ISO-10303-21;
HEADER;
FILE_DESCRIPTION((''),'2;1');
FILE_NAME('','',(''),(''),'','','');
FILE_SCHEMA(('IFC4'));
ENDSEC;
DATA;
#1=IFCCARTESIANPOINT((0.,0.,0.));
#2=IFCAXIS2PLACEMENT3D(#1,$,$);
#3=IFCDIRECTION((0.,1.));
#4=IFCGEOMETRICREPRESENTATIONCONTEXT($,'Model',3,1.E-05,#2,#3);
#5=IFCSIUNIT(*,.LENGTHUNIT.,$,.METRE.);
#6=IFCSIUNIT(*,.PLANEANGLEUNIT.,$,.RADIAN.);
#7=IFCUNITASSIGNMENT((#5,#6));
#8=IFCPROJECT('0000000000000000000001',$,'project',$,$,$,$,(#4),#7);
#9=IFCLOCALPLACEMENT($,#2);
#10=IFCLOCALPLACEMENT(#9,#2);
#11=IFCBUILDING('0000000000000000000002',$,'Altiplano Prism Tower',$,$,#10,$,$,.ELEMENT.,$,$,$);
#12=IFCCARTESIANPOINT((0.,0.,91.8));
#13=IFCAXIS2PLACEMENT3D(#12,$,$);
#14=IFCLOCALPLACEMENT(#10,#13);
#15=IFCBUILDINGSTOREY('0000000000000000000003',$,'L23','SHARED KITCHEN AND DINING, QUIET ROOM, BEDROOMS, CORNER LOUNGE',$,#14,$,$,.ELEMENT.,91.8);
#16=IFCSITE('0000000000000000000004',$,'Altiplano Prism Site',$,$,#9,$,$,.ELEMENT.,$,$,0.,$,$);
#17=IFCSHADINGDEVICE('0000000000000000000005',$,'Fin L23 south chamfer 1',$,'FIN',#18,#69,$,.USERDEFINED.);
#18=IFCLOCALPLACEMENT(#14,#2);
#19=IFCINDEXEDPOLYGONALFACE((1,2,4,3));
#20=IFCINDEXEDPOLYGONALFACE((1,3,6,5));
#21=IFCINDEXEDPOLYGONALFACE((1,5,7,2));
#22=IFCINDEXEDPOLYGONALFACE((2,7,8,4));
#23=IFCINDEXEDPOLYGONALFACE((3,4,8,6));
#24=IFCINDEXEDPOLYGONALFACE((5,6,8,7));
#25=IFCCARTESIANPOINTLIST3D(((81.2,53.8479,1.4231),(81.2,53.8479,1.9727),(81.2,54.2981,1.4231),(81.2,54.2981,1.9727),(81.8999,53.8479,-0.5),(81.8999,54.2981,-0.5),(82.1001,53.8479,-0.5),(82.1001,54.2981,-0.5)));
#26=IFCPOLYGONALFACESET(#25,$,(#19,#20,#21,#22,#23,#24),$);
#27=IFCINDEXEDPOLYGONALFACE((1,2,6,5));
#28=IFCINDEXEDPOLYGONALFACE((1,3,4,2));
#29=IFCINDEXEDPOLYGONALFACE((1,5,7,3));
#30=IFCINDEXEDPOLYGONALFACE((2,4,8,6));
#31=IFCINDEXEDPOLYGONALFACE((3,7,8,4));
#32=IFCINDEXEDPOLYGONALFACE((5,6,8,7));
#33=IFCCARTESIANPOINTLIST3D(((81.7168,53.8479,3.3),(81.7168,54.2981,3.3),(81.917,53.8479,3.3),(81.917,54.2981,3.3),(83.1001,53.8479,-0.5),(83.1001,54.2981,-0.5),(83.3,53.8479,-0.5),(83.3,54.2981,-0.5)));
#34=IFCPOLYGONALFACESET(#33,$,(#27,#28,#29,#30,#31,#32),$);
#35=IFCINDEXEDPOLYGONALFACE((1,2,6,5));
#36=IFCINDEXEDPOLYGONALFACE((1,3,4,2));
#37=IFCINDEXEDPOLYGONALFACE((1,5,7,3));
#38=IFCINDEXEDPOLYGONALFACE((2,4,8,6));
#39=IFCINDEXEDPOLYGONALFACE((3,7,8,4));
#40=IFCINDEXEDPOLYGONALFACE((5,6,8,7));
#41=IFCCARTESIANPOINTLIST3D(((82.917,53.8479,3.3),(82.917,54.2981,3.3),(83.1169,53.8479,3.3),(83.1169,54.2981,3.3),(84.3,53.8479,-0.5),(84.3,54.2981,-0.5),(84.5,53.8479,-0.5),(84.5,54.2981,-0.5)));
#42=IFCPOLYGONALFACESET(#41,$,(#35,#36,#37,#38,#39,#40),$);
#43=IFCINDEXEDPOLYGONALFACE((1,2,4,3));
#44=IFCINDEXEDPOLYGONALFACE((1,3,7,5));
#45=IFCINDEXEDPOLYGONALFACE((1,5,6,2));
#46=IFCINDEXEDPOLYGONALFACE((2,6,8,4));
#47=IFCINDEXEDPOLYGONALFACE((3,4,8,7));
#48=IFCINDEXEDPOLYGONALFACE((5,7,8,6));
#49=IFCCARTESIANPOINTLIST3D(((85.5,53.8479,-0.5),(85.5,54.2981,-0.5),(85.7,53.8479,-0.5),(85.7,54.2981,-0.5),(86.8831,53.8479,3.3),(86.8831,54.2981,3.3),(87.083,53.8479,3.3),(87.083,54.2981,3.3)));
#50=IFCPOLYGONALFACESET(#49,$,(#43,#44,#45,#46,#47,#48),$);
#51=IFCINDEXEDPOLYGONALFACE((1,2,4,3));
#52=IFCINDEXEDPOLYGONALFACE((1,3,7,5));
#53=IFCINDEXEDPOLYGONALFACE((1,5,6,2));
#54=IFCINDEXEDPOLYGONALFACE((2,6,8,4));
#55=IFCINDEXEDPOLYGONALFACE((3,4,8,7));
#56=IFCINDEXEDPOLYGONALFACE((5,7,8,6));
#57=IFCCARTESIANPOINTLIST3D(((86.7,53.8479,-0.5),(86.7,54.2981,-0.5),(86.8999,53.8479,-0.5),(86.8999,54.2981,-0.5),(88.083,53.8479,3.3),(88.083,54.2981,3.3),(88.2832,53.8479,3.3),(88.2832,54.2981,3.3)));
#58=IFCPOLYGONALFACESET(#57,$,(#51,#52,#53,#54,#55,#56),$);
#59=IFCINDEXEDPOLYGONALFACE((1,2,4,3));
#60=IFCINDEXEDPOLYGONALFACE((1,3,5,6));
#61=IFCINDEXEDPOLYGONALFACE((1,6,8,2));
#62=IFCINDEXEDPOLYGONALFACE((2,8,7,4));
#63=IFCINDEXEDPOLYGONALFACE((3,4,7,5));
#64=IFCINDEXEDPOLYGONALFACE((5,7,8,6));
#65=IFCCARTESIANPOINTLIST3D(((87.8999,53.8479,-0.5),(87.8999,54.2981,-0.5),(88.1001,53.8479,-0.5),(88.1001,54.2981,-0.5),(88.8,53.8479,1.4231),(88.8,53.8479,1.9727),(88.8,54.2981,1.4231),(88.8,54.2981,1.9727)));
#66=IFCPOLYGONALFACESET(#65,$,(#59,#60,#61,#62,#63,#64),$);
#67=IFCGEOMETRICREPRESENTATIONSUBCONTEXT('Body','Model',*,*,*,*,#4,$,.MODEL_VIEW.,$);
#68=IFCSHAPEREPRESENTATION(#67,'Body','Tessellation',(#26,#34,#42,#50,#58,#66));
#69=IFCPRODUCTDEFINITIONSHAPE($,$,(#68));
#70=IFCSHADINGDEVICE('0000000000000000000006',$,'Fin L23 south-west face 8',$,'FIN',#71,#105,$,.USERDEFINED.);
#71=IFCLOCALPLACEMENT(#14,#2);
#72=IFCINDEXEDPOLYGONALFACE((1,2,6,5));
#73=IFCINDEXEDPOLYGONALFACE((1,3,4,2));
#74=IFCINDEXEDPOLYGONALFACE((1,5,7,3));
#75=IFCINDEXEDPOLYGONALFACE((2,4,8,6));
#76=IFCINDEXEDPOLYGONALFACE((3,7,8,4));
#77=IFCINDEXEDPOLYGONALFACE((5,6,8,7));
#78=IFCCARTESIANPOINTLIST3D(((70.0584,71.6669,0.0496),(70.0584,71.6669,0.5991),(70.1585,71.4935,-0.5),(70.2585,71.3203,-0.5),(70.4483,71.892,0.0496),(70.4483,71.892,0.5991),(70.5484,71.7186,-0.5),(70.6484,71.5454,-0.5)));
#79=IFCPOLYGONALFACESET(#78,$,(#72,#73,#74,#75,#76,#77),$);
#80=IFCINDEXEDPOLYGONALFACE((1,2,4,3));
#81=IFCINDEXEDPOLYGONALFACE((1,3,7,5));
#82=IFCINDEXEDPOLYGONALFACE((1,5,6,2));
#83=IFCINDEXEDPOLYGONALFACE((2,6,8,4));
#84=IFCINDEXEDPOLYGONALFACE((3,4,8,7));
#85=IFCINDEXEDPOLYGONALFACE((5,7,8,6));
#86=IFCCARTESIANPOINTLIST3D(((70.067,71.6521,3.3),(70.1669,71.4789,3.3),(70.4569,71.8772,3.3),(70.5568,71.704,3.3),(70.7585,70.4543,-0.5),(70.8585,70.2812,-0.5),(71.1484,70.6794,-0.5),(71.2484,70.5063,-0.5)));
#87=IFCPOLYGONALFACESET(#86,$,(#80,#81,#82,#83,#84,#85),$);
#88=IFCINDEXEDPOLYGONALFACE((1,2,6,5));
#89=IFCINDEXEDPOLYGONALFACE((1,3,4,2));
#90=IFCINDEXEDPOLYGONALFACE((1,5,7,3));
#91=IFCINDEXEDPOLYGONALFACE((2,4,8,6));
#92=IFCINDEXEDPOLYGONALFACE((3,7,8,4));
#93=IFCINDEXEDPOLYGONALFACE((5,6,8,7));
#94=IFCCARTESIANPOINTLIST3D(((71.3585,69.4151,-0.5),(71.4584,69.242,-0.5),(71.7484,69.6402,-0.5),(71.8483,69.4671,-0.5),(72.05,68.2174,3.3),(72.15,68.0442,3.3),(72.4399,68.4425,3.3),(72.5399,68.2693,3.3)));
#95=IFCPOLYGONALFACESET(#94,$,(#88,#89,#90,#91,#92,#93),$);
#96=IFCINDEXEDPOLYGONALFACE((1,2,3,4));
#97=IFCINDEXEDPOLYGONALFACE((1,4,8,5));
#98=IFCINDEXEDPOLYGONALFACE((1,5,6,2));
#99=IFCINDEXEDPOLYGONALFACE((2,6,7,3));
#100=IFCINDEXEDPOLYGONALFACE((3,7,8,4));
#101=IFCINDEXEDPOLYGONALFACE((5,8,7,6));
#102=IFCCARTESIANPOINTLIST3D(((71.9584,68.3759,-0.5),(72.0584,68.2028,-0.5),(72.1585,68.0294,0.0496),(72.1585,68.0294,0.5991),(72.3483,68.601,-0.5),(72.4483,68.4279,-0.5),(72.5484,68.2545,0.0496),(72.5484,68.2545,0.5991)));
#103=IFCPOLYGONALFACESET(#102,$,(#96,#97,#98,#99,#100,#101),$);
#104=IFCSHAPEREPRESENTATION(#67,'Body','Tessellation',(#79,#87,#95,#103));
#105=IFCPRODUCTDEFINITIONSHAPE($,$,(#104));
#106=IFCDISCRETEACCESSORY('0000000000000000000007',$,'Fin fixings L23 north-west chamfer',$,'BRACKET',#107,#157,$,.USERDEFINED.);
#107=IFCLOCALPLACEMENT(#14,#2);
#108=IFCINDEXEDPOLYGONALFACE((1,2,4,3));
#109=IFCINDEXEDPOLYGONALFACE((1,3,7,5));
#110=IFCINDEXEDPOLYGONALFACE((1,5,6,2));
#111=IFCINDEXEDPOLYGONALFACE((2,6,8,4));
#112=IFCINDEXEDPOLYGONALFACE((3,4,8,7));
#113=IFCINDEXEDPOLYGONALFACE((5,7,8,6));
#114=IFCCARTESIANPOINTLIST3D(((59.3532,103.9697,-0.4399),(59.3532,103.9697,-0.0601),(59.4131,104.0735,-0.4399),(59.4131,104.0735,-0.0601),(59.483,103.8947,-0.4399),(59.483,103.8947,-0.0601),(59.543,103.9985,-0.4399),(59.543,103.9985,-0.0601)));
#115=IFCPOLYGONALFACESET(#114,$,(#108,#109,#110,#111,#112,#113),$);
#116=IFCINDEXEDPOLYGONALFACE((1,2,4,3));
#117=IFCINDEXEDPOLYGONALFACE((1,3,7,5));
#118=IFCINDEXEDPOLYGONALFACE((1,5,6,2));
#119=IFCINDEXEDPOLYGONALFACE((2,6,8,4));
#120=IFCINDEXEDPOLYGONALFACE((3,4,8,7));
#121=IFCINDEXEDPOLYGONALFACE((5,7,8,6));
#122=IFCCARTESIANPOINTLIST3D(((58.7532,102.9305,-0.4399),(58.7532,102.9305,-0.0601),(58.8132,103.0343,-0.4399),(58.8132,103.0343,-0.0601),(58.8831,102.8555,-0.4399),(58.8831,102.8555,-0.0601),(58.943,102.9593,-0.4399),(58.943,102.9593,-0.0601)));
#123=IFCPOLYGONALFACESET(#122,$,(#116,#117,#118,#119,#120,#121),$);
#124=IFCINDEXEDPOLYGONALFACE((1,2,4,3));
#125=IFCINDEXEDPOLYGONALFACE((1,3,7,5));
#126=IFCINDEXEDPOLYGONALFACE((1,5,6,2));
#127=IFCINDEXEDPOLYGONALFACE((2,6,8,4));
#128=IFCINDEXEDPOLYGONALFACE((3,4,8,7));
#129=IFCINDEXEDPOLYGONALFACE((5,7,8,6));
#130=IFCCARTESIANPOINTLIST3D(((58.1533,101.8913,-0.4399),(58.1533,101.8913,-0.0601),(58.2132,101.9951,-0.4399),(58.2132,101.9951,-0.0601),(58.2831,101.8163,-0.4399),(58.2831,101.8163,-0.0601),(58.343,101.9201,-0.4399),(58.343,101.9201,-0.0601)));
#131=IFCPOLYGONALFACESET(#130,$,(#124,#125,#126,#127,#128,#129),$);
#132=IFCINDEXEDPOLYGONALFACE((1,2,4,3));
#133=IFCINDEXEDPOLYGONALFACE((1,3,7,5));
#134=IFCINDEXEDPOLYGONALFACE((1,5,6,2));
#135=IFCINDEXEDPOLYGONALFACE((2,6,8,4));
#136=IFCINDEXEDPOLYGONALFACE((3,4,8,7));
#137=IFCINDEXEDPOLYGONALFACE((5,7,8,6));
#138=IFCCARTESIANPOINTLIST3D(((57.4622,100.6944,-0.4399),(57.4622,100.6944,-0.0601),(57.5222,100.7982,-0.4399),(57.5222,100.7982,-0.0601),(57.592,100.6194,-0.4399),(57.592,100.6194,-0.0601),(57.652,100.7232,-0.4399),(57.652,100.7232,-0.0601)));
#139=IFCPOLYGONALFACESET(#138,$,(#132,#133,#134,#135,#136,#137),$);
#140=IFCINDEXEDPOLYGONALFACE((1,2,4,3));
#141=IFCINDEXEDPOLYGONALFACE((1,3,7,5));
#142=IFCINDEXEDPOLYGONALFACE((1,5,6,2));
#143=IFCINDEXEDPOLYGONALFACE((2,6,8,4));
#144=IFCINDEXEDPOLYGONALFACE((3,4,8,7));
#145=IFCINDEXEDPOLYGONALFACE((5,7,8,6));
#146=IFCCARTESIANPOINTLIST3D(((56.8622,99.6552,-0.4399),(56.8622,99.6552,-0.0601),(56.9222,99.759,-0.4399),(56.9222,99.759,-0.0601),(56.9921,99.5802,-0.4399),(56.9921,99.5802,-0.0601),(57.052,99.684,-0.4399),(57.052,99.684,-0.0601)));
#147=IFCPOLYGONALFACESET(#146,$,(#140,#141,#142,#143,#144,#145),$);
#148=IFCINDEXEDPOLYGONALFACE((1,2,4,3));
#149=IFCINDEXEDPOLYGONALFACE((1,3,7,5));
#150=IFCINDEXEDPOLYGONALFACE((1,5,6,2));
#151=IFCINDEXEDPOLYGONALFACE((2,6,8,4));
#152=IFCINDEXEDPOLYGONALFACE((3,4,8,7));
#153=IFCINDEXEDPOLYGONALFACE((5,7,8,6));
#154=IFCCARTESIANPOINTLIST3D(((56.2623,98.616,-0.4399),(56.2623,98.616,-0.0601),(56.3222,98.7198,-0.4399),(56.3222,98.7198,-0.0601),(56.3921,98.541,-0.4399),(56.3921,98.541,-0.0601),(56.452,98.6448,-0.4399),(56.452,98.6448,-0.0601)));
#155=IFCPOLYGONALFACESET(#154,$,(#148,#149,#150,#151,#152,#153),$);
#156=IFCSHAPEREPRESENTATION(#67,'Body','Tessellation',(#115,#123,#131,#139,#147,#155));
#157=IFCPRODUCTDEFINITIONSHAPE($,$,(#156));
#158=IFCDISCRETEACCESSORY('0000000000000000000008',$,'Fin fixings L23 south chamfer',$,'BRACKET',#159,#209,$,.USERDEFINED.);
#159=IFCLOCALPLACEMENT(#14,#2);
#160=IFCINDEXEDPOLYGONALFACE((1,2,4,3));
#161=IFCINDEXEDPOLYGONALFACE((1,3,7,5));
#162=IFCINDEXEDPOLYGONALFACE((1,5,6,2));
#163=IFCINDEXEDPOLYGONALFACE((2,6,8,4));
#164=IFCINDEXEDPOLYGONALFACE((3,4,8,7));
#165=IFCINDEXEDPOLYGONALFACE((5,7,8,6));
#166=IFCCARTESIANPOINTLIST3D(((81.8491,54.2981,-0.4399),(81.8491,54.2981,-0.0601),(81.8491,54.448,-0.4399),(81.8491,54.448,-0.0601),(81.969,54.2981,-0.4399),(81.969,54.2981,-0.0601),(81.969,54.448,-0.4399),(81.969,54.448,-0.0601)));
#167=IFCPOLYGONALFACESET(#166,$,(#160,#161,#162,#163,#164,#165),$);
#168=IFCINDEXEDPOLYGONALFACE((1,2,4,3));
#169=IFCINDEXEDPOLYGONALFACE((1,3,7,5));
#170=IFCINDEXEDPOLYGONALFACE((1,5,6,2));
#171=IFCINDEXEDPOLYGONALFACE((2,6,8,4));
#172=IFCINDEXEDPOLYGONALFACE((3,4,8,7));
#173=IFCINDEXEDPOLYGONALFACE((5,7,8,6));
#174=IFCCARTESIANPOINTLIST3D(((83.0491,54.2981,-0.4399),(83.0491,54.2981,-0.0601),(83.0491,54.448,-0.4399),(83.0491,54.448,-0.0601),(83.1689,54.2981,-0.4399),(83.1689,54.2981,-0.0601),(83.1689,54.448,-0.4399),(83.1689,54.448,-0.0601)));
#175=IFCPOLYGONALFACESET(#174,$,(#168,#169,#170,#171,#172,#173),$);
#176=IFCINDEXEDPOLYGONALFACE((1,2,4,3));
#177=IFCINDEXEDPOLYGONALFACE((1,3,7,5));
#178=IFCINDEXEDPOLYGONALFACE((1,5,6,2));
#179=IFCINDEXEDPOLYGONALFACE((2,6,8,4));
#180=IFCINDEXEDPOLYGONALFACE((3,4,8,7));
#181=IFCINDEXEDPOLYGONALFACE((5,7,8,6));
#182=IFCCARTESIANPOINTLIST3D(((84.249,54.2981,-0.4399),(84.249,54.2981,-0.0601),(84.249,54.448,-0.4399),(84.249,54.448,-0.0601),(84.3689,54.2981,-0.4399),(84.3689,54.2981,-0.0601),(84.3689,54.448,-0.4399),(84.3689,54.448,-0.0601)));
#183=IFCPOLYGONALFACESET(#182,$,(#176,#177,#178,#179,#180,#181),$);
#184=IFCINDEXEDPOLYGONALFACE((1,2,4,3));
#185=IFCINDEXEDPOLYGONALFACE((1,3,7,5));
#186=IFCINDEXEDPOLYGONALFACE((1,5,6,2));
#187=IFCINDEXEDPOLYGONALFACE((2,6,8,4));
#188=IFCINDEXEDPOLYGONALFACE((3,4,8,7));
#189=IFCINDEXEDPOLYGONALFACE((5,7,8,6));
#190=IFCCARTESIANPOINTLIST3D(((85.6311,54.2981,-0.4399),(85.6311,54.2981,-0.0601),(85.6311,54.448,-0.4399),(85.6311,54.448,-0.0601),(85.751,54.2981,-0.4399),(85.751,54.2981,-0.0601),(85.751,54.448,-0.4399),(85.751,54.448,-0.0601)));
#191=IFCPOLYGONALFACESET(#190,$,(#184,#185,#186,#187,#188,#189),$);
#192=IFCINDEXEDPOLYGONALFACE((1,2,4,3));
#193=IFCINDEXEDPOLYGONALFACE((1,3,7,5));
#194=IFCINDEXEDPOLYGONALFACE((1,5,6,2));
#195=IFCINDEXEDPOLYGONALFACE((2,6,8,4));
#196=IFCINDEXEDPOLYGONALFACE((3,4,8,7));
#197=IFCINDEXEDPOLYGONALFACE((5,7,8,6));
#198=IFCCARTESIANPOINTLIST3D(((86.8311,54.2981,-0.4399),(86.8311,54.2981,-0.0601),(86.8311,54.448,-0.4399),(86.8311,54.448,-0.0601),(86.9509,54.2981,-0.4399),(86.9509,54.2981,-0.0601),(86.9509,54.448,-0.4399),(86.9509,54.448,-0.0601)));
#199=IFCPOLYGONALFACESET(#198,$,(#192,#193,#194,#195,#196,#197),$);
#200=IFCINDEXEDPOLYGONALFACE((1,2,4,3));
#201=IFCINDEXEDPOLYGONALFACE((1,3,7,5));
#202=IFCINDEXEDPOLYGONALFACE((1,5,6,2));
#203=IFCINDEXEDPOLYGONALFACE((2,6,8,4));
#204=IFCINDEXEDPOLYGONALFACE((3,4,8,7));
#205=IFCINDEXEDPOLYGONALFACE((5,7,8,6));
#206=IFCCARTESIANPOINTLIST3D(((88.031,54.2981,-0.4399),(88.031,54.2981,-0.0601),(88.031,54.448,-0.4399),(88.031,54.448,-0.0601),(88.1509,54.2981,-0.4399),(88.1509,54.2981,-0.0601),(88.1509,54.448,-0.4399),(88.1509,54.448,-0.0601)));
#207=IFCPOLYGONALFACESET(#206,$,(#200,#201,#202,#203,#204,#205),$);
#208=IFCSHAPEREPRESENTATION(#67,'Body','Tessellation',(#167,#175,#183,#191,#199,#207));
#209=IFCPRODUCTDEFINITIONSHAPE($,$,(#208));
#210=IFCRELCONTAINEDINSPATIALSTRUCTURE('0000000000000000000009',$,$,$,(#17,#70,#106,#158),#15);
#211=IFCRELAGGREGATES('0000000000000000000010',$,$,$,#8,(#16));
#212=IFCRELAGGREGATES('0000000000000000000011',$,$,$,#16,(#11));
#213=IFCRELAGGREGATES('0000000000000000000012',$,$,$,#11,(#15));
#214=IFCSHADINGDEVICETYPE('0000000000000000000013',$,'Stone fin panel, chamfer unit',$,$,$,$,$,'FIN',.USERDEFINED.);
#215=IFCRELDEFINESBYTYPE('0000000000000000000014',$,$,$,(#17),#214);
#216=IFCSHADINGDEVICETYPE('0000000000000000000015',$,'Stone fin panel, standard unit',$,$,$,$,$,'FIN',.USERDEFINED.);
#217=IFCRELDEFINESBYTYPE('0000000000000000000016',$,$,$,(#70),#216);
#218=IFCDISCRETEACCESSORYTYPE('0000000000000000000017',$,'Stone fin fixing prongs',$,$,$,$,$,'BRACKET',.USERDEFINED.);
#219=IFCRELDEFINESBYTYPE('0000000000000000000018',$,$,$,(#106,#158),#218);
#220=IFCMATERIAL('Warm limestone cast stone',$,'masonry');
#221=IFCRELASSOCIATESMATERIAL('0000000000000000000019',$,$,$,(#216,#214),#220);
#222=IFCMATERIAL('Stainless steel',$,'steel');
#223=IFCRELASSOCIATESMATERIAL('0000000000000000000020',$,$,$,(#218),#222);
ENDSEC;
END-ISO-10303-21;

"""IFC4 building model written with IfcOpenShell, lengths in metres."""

from ifc_helpers import new_model, si_unit, direction, frame, origin, place, context, subcontext, project, spatial, polyline, outline, extrude, source, transform, mapped, material, type_object, element, save


model = new_model("IFC4")

# Units and contexts
model_context = context("Model", 3, precision=1e-05, world=origin(), true_north=direction((0.0, 1.0)))
body_context = subcontext(model_context, "Body", "Model", "MODEL_VIEW")
ifc_project = project(units=[si_unit("LENGTHUNIT", "METRE"), si_unit("PLANEANGLEUNIT", "RADIAN")], contexts=[model_context])

# Site, building, storey
site_placement = place(None, origin())
site = spatial("IfcSite", under=ifc_project, at=site_placement, Name="Altiplano Prism Site", CompositionType="ELEMENT", RefElevation=0.0)
building_placement = place(site_placement, origin())
building = spatial("IfcBuilding", under=site, at=building_placement, Name="Altiplano Prism Tower", CompositionType="ELEMENT")
storey_placement = place(building_placement, frame((0.0, 0.0, 91.8)))
storey = spatial("IfcBuildingStorey", under=building, at=storey_placement, Name="L23", Description="SHARED KITCHEN AND DINING, QUIET ROOM, BEDROOMS, CORNER LOUNGE", CompositionType="ELEMENT", Elevation=91.8)

# Shading devices
ifc_material_1 = material(Name="Warm limestone cast stone", Category="masonry")
shading_device_type_1 = type_object("IfcShadingDeviceType", Name="Stone fin panel, standard unit", ElementType="FIN", PredefinedType="USERDEFINED", material=ifc_material_1)
shading_device_type_2 = type_object("IfcShadingDeviceType", Name="Stone fin panel, chamfer unit", ElementType="FIN", PredefinedType="USERDEFINED", material=ifc_material_1)
shared_shape_1 = source(origin(), body_context, "Body", "SweptSolid", [
    extrude(outline(polyline([(-3.8, 2.4727), (-3.8, 1.9231), (-3.1001, 0.0), (-2.8999, 0.0), (-3.8, 2.4727)])), frame((0.0, -0.1499, 0.0), z_axis=(0.0, -1.0, 0.0), x_axis=(1.0, 0.0, 0.0)), (0.0, 0.0, 1.0), 0.4502),
    extrude(outline(polyline([(-3.2832, 3.8), (-1.8999, 0.0), (-1.7, 0.0), (-3.083, 3.8), (-3.2832, 3.8)])), frame((0.0, -0.1499, 0.0), z_axis=(0.0, -1.0, 0.0), x_axis=(1.0, 0.0, 0.0)), (0.0, 0.0, 1.0), 0.4502),
    extrude(outline(polyline([(-2.083, 3.8), (-0.7, 0.0), (-0.5, 0.0), (-1.8831, 3.8), (-2.083, 3.8)])), frame((0.0, -0.1499, 0.0), z_axis=(0.0, -1.0, 0.0), x_axis=(1.0, 0.0, 0.0)), (0.0, 0.0, 1.0), 0.4502),
    extrude(outline(polyline([(1.8831, 3.8), (0.5, 0.0), (0.7, 0.0), (2.083, 3.8), (1.8831, 3.8)])), frame((0.0, -0.1499, 0.0), z_axis=(0.0, -1.0, 0.0), x_axis=(1.0, 0.0, 0.0)), (0.0, 0.0, 1.0), 0.4502),
    extrude(outline(polyline([(3.083, 3.8), (1.7, 0.0), (1.8999, 0.0), (3.2832, 3.8), (3.083, 3.8)])), frame((0.0, -0.1499, 0.0), z_axis=(0.0, -1.0, 0.0), x_axis=(1.0, 0.0, 0.0)), (0.0, 0.0, 1.0), 0.4502),
    extrude(outline(polyline([(3.8, 1.9231), (3.8, 2.4727), (2.8999, 0.0), (3.1001, 0.0), (3.8, 1.9231)])), frame((0.0, -0.1499, 0.0), z_axis=(0.0, -1.0, 0.0), x_axis=(1.0, 0.0, 0.0)), (0.0, 0.0, 1.0), 0.4502),
])
shading_device_1_placement = place(storey_placement, origin())
element("IfcShadingDevice", 1, at=shading_device_1_placement, inside=storey, type_object=shading_device_type_2, Name="Fin L23 south chamfer 1", ObjectType="FIN", PredefinedType="USERDEFINED", context=body_context, shape_type="MappedRepresentation", body=[
    mapped(shared_shape_1, transform((85.0, 54.448, -0.5), x_axis=(1.0, 0.0, 0.0), y_axis=(0.0, 1.0, 0.0), z_axis=(0.0, 0.0, 1.0))),
])
shared_shape_2 = source(origin(), body_context, "Body", "SweptSolid", [
    extrude(outline(polyline([(-2.1001, 1.0991), (-2.1001, 0.5496), (-1.8999, 0.0), (-1.7, 0.0), (-2.1001, 1.0991)])), frame((0.0, -0.1499, 0.0), z_axis=(0.0, -1.0, 0.0), x_axis=(1.0, 0.0, 0.0)), (0.0, 0.0, 1.0), 0.4502),
    extrude(outline(polyline([(-2.083, 3.8), (-0.7, 0.0), (-0.5, 0.0), (-1.8831, 3.8), (-2.083, 3.8)])), frame((0.0, -0.1499, 0.0), z_axis=(0.0, -1.0, 0.0), x_axis=(1.0, 0.0, 0.0)), (0.0, 0.0, 1.0), 0.4502),
    extrude(outline(polyline([(1.8831, 3.8), (0.5, 0.0), (0.7, 0.0), (2.083, 3.8), (1.8831, 3.8)])), frame((0.0, -0.1499, 0.0), z_axis=(0.0, -1.0, 0.0), x_axis=(1.0, 0.0, 0.0)), (0.0, 0.0, 1.0), 0.4502),
    extrude(outline(polyline([(2.1001, 0.5496), (2.1001, 1.0991), (1.7, 0.0), (1.8999, 0.0), (2.1001, 0.5496)])), frame((0.0, -0.1499, 0.0), z_axis=(0.0, -1.0, 0.0), x_axis=(1.0, 0.0, 0.0)), (0.0, 0.0, 1.0), 0.4502),
])
shading_device_2_placement = place(storey_placement, origin())
element("IfcShadingDevice", 2, at=shading_device_2_placement, inside=storey, type_object=shading_device_type_1, Name="Fin L23 south-west face 8", ObjectType="FIN", PredefinedType="USERDEFINED", context=body_context, shape_type="MappedRepresentation", body=[
    mapped(shared_shape_2, transform((71.6282, 70.1482, -0.5), x_axis=(0.5, -0.866025, 0.0), y_axis=(0.866025, 0.5, 0.0), z_axis=(0.0, 0.0, 1.0))),
])

# Discrete accessories
ifc_material_2 = material(Name="Stainless steel", Category="steel")
discrete_accessory_type = type_object("IfcDiscreteAccessoryType", Name="Stone fin fixing prongs", ElementType="BRACKET", PredefinedType="USERDEFINED", material=ifc_material_2)
shared_shape_3 = source(origin(), body_context, "Body", "SweptSolid", [
    extrude(outline(polyline([(-3.1509, 0.0601), (-3.031, 0.0601), (-3.031, 0.4399), (-3.1509, 0.4399), (-3.1509, 0.0601)])), frame((0.0, 0.0, 0.0), z_axis=(0.0, -1.0, 0.0), x_axis=(1.0, 0.0, 0.0)), (0.0, 0.0, 1.0), 0.1499),
    extrude(outline(polyline([(-1.9509, 0.0601), (-1.8311, 0.0601), (-1.8311, 0.4399), (-1.9509, 0.4399), (-1.9509, 0.0601)])), frame((0.0, 0.0, 0.0), z_axis=(0.0, -1.0, 0.0), x_axis=(1.0, 0.0, 0.0)), (0.0, 0.0, 1.0), 0.1499),
    extrude(outline(polyline([(-0.751, 0.0601), (-0.6311, 0.0601), (-0.6311, 0.4399), (-0.751, 0.4399), (-0.751, 0.0601)])), frame((0.0, 0.0, 0.0), z_axis=(0.0, -1.0, 0.0), x_axis=(1.0, 0.0, 0.0)), (0.0, 0.0, 1.0), 0.1499),
    extrude(outline(polyline([(0.6311, 0.0601), (0.751, 0.0601), (0.751, 0.4399), (0.6311, 0.4399), (0.6311, 0.0601)])), frame((0.0, 0.0, 0.0), z_axis=(0.0, -1.0, 0.0), x_axis=(1.0, 0.0, 0.0)), (0.0, 0.0, 1.0), 0.1499),
    extrude(outline(polyline([(1.8311, 0.0601), (1.9509, 0.0601), (1.9509, 0.4399), (1.8311, 0.4399), (1.8311, 0.0601)])), frame((0.0, 0.0, 0.0), z_axis=(0.0, -1.0, 0.0), x_axis=(1.0, 0.0, 0.0)), (0.0, 0.0, 1.0), 0.1499),
    extrude(outline(polyline([(3.031, 0.0601), (3.1509, 0.0601), (3.1509, 0.4399), (3.031, 0.4399), (3.031, 0.0601)])), frame((0.0, 0.0, 0.0), z_axis=(0.0, -1.0, 0.0), x_axis=(1.0, 0.0, 0.0)), (0.0, 0.0, 1.0), 0.1499),
])
discrete_accessory_1_placement = place(storey_placement, origin())
element("IfcDiscreteAccessory", 3, at=discrete_accessory_1_placement, inside=storey, type_object=discrete_accessory_type, Name="Fin fixings L23 north-west chamfer", ObjectType="BRACKET", PredefinedType="USERDEFINED", context=body_context, shape_type="MappedRepresentation", body=[
    mapped(shared_shape_3, transform((57.9675, 101.2698, -0.5), x_axis=(-0.5, -0.866025, 0.0), y_axis=(0.866025, -0.5, 0.0), z_axis=(0.0, 0.0, 1.0))),
])
discrete_accessory_2_placement = place(storey_placement, origin())
element("IfcDiscreteAccessory", 4, at=discrete_accessory_2_placement, inside=storey, type_object=discrete_accessory_type, Name="Fin fixings L23 south chamfer", ObjectType="BRACKET", PredefinedType="USERDEFINED", context=body_context, shape_type="MappedRepresentation", body=[
    mapped(shared_shape_3, transform((85.0, 54.448, -0.5), x_axis=(1.0, 0.0, 0.0), y_axis=(0.0, 1.0, 0.0), z_axis=(0.0, 0.0, 1.0))),
])

save(model, "model.ifc")
